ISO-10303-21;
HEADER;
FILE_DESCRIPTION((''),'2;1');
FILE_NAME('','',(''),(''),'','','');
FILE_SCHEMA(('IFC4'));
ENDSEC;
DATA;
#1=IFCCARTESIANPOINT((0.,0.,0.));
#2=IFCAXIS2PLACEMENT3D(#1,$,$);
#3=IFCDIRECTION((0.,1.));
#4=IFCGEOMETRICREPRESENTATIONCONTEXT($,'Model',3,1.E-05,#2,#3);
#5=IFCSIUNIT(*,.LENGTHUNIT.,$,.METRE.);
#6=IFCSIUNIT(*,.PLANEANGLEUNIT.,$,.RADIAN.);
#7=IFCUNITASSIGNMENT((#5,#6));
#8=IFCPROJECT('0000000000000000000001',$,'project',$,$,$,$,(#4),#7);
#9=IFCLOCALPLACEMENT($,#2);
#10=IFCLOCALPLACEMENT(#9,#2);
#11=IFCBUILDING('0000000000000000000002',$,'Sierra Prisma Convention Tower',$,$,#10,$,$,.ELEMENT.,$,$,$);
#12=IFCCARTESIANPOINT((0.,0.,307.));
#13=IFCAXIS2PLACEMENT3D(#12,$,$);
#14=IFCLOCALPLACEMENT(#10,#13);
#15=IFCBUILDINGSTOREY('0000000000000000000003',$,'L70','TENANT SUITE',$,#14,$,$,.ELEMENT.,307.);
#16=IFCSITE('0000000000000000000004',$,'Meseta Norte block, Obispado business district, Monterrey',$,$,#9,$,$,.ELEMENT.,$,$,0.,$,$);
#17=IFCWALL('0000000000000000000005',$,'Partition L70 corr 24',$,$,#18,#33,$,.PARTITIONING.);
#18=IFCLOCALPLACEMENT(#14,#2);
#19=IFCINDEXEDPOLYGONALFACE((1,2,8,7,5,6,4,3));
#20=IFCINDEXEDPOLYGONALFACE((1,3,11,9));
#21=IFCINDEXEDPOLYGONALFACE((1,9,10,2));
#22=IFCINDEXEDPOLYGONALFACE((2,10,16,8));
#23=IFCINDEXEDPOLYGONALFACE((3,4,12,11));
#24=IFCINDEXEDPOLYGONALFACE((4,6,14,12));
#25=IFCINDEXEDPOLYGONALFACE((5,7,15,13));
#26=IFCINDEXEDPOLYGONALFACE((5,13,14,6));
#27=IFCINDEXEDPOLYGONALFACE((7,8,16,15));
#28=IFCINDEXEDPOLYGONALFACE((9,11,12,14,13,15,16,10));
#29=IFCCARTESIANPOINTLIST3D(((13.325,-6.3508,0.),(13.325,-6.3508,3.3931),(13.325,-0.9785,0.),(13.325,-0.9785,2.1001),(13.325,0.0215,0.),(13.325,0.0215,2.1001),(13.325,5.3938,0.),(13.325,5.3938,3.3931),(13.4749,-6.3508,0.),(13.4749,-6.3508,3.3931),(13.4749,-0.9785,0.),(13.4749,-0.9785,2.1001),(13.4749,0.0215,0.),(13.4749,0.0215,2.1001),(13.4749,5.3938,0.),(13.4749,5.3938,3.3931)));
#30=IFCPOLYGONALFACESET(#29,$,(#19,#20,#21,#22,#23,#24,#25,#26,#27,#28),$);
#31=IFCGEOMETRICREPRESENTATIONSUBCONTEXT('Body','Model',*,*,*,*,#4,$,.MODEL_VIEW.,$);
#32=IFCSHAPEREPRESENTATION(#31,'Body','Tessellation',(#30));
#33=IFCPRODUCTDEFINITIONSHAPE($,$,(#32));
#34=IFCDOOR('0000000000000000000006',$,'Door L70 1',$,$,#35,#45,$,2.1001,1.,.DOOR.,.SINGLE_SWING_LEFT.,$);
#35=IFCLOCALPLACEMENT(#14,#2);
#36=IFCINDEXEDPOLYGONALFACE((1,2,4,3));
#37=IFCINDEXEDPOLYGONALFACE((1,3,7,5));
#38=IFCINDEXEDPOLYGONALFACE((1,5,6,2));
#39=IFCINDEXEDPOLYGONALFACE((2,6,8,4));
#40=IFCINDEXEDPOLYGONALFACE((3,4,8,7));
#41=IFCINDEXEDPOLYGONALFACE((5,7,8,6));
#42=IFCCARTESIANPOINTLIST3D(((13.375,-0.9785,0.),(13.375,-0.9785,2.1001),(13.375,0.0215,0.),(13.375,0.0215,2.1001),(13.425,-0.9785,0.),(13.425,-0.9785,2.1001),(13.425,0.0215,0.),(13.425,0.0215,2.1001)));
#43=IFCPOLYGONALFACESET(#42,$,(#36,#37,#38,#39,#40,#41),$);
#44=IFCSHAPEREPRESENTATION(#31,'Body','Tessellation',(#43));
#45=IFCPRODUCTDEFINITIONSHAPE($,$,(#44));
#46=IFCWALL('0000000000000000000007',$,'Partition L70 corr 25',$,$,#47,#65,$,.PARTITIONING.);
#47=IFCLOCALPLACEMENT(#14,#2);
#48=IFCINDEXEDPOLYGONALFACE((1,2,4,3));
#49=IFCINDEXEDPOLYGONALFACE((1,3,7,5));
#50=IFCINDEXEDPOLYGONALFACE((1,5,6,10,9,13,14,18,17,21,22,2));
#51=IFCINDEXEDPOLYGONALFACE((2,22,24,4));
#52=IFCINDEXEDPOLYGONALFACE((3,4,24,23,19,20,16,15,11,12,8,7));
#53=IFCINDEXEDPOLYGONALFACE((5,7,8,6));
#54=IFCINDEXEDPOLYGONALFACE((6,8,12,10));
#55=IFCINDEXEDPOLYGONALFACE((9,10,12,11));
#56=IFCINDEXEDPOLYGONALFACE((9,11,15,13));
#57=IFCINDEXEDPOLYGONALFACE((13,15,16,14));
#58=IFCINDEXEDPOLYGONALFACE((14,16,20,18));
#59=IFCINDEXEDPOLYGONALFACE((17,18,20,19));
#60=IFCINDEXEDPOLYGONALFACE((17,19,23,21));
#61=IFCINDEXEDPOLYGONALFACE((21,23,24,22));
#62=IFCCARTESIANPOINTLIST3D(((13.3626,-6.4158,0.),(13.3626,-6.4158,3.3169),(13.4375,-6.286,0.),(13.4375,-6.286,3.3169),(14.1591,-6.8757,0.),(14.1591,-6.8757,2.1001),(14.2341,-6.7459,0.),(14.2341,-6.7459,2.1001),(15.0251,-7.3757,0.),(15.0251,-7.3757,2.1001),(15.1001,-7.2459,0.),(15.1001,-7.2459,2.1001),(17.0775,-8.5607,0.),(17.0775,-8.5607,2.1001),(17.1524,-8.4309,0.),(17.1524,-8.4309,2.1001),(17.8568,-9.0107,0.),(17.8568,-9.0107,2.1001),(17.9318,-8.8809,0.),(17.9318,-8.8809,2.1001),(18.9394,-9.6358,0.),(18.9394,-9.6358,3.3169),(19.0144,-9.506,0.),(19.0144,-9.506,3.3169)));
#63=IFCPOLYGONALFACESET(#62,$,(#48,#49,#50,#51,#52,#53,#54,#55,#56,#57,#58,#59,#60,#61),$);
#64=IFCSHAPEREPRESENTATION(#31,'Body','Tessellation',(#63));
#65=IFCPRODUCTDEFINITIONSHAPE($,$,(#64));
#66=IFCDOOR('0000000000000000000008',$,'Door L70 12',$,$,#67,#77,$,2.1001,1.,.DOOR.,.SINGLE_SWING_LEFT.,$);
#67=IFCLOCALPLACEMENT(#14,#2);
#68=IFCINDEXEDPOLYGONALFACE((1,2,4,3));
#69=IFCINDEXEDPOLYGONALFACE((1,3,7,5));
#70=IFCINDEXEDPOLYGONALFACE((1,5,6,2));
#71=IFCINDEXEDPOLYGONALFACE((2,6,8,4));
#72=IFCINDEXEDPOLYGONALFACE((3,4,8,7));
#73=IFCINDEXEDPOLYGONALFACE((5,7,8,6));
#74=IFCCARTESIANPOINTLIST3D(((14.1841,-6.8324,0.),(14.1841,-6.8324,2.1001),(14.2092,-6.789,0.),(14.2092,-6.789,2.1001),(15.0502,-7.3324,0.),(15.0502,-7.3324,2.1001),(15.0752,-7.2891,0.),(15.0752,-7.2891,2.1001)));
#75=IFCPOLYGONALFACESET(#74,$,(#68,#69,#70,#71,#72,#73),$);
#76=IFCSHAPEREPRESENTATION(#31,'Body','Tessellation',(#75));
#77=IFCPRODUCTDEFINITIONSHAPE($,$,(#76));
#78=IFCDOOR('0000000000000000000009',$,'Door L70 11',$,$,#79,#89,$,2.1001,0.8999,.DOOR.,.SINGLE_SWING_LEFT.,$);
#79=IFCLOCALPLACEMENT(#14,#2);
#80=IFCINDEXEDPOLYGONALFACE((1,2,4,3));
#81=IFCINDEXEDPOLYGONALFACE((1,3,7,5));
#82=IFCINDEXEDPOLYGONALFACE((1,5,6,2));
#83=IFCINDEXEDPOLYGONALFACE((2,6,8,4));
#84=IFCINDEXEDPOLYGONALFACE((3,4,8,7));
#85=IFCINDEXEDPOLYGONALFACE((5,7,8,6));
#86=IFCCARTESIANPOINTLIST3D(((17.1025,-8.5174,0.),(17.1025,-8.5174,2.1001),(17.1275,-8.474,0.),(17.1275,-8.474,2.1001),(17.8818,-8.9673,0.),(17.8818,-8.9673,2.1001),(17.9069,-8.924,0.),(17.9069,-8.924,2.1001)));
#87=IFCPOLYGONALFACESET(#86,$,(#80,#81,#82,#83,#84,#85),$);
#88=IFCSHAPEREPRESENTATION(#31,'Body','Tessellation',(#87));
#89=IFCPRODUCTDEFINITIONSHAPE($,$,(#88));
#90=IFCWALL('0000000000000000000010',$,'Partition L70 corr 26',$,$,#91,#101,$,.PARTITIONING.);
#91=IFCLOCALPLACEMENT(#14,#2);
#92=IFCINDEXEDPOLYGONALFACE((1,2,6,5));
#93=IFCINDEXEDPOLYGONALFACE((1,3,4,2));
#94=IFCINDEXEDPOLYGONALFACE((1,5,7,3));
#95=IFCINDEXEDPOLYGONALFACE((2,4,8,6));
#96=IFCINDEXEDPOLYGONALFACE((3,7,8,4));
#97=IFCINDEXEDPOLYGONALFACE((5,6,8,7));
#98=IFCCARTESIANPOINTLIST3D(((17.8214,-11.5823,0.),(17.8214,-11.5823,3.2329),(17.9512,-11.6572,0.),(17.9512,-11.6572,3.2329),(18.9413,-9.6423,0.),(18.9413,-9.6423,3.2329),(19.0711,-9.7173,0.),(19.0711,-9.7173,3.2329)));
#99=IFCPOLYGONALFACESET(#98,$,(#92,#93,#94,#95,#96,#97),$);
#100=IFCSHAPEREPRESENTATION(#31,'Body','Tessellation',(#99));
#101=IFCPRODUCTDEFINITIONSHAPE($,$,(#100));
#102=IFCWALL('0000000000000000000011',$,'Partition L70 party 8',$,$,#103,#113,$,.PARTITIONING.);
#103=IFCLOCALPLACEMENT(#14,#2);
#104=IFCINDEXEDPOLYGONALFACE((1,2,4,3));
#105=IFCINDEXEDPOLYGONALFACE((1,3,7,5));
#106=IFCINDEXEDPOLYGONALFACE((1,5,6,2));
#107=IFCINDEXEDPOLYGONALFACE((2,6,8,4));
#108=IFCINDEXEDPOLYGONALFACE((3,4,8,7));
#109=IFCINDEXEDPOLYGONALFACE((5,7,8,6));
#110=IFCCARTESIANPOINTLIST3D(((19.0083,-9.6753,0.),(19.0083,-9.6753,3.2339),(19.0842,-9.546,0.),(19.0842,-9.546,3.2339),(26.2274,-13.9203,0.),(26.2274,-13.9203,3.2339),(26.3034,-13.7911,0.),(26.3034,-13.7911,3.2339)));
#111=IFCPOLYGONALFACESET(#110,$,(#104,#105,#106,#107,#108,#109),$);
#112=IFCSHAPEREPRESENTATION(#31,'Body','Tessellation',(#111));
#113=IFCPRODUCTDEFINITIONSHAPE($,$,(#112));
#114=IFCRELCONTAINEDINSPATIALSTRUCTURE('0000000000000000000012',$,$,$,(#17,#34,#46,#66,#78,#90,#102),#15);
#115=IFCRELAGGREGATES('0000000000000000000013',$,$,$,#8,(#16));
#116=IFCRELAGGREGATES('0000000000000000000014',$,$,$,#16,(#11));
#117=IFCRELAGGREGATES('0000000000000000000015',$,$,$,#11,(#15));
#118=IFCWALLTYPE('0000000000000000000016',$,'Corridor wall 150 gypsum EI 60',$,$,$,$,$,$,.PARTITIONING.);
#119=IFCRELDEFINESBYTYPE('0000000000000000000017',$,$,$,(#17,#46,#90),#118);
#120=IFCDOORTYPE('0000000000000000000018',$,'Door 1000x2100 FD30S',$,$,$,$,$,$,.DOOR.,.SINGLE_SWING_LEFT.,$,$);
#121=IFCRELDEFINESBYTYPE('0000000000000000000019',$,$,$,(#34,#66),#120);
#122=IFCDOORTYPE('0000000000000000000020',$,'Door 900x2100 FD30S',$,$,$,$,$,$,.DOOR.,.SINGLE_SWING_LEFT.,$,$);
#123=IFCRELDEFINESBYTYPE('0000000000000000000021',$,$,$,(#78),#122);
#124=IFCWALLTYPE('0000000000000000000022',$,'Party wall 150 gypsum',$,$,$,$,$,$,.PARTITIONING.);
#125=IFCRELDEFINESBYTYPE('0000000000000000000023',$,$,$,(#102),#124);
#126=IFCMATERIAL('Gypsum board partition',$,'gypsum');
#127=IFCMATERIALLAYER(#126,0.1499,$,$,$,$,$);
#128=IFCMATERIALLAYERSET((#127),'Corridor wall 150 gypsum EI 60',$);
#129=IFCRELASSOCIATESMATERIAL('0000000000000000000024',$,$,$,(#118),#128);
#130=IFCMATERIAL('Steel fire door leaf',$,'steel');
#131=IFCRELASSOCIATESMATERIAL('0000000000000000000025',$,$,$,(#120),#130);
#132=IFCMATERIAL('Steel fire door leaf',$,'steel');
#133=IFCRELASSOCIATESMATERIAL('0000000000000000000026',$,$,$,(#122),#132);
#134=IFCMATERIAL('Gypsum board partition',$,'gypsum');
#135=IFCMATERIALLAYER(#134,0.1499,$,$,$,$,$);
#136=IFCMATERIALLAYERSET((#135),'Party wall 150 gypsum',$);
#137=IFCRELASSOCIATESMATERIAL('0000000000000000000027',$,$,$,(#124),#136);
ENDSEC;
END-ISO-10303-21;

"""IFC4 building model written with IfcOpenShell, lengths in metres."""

from ifc_helpers import new_model, si_unit, direction, frame, frame_2d, origin, place, context, subcontext, project, spatial, rectangle, extrude, material, layer, layer_set, type_object, element, fill, save


model = new_model("IFC4")

# Units and contexts
model_context = context("Model", 3, precision=1e-05, world=origin(), true_north=direction((0.0, 1.0)))
body_context = subcontext(model_context, "Body", "Model", "MODEL_VIEW")
ifc_project = project(units=[si_unit("LENGTHUNIT", "METRE"), si_unit("PLANEANGLEUNIT", "RADIAN")], contexts=[model_context])

# Site, building, storey
site_placement = place(None, origin())
site = spatial("IfcSite", under=ifc_project, at=site_placement, Name="Meseta Norte block, Obispado business district, Monterrey", CompositionType="ELEMENT", RefElevation=0.0)
building_placement = place(site_placement, origin())
building = spatial("IfcBuilding", under=site, at=building_placement, Name="Sierra Prisma Convention Tower", CompositionType="ELEMENT")
storey_placement = place(building_placement, frame((0.0, 0.0, 307.0)))
storey = spatial("IfcBuildingStorey", under=building, at=storey_placement, Name="L70", Description="TENANT SUITE", CompositionType="ELEMENT", Elevation=307.0)

# Shared definitions
ifc_material_1 = material(Name="Gypsum board partition", Category="gypsum")
ifc_layer_1 = layer(ifc_material_1, 0.1499)
ifc_layer_set_1 = layer_set([ifc_layer_1], Name="Corridor wall 150 gypsum EI 60")
wall_type_1 = type_object("IfcWallType", Name="Corridor wall 150 gypsum EI 60", PredefinedType="PARTITIONING", material=ifc_layer_set_1)

# Wall, opening, door
wall_1_placement = place(storey_placement, frame((13.3999, -6.3508, 0.0), z_axis=(0.0, 0.0, 1.0), x_axis=(0.0, 1.0, 0.0)))
wall_1 = element("IfcWall", 1, at=wall_1_placement, inside=storey, type_object=wall_type_1, Name="Partition L70 corr 24", PredefinedType="PARTITIONING", context=body_context, shape_type="SweptSolid", body=[
    extrude(rectangle(XDim=11.7446, YDim=0.1499, at=frame_2d((5.8723, 0.0))), origin(), (0.0, 0.0, 1.0), 3.3931),
])
opening_1_placement = place(wall_1_placement, frame((5.3723, 0.0, 0.0)))
opening_1 = element("IfcOpeningElement", 2, at=opening_1_placement, cuts=wall_1, PredefinedType="OPENING", context=body_context, shape_type="SweptSolid", body=[
    extrude(rectangle(XDim=1.0, YDim=2.1001, at=frame_2d((0.5, 1.05))), frame((0.0, 0.075, 0.0), z_axis=(0.0, -1.0, 0.0), x_axis=(1.0, 0.0, 0.0)), (0.0, 0.0, 1.0), 0.1499),
])
ifc_material_2 = material(Name="Steel fire door leaf", Category="steel")
door_type_1 = type_object("IfcDoorType", Name="Door 1000x2100 FD30S", OperationType="SINGLE_SWING_LEFT", PredefinedType="DOOR", material=ifc_material_2)
door_1_placement = place(opening_1_placement, origin())
door_1 = element("IfcDoor", 3, at=door_1_placement, inside=storey, type_object=door_type_1, Name="Door L70 1", OperationType="SINGLE_SWING_LEFT", OverallHeight=2.1001, OverallWidth=1.0, PredefinedType="DOOR", context=body_context, shape_type="SweptSolid", body=[
    extrude(rectangle(XDim=1.0, YDim=2.1001, at=frame_2d((0.5, 1.05))), frame((0.0, 0.0249, 0.0), z_axis=(0.0, -1.0, 0.0), x_axis=(1.0, 0.0, 0.0)), (0.0, 0.0, 1.0), 0.05),
])
fill(opening_1, door_1)

# Wall, openings, doors
wall_2_placement = place(storey_placement, frame((18.9768, -9.5708, 0.0), z_axis=(0.0, 0.0, 1.0), x_axis=(-0.866016, 0.500017, 0.0)))
wall_2 = element("IfcWall", 4, at=wall_2_placement, inside=storey, type_object=wall_type_1, Name="Partition L70 corr 25", PredefinedType="PARTITIONING", context=body_context, shape_type="SweptSolid", body=[
    extrude(rectangle(XDim=6.4397, YDim=0.1499, at=frame_2d((3.2197, 0.0))), origin(), (0.0, 0.0, 1.0), 3.3169),
])
opening_2_placement = place(wall_2_placement, frame((1.25, 0.0, 0.0)))
opening_2 = element("IfcOpeningElement", 5, at=opening_2_placement, cuts=wall_2, PredefinedType="OPENING", context=body_context, shape_type="SweptSolid", body=[
    extrude(rectangle(XDim=0.8999, YDim=2.1001, at=frame_2d((0.45, 1.05))), frame((0.0, 0.075, 0.0), z_axis=(0.0, -1.0, 0.0), x_axis=(1.0, 0.0, 0.0)), (0.0, 0.0, 1.0), 0.1499),
])
opening_3_placement = place(wall_2_placement, frame((4.5198, 0.0, 0.0)))
opening_3 = element("IfcOpeningElement", 6, at=opening_3_placement, cuts=wall_2, PredefinedType="OPENING", context=body_context, shape_type="SweptSolid", body=[
    extrude(rectangle(XDim=1.0, YDim=2.1001, at=frame_2d((0.5, 1.05))), frame((0.0, 0.075, 0.0), z_axis=(0.0, -1.0, 0.0), x_axis=(1.0, 0.0, 0.0)), (0.0, 0.0, 1.0), 0.1499),
])
door_2_placement = place(opening_3_placement, origin())
door_2 = element("IfcDoor", 7, at=door_2_placement, inside=storey, type_object=door_type_1, Name="Door L70 12", OperationType="SINGLE_SWING_LEFT", OverallHeight=2.1001, OverallWidth=1.0, PredefinedType="DOOR", context=body_context, shape_type="SweptSolid", body=[
    extrude(rectangle(XDim=1.0, YDim=2.1001, at=frame_2d((0.5, 1.05))), frame((0.0, 0.0249, 0.0), z_axis=(0.0, -1.0, 0.0), x_axis=(1.0, 0.0, 0.0)), (0.0, 0.0, 1.0), 0.05),
])
fill(opening_3, door_2)
ifc_material_3 = material(Name="Steel fire door leaf", Category="steel")
door_type_2 = type_object("IfcDoorType", Name="Door 900x2100 FD30S", OperationType="SINGLE_SWING_LEFT", PredefinedType="DOOR", material=ifc_material_3)
door_3_placement = place(opening_2_placement, origin())
door_3 = element("IfcDoor", 8, at=door_3_placement, inside=storey, type_object=door_type_2, Name="Door L70 11", OperationType="SINGLE_SWING_LEFT", OverallHeight=2.1001, OverallWidth=0.8999, PredefinedType="DOOR", context=body_context, shape_type="SweptSolid", body=[
    extrude(rectangle(XDim=0.8999, YDim=2.1001, at=frame_2d((0.45, 1.05))), frame((0.0, 0.0249, 0.0), z_axis=(0.0, -1.0, 0.0), x_axis=(1.0, 0.0, 0.0)), (0.0, 0.0, 1.0), 0.05),
])
fill(opening_2, door_3)

# Walls
wall_3_placement = place(storey_placement, frame((17.8862, -11.6199, 0.0), z_axis=(0.0, 0.0, 1.0), x_axis=(0.499949, 0.866055, 0.0)))
element("IfcWall", 9, at=wall_3_placement, inside=storey, type_object=wall_type_1, Name="Partition L70 corr 26", PredefinedType="PARTITIONING", context=body_context, shape_type="SweptSolid", body=[
    extrude(rectangle(XDim=2.24, YDim=0.1499, at=frame_2d((1.1201, 0.0))), origin(), (0.0, 0.0, 1.0), 3.2329),
])
ifc_material_4 = material(Name="Gypsum board partition", Category="gypsum")
ifc_layer_2 = layer(ifc_material_4, 0.1499)
ifc_layer_set_2 = layer_set([ifc_layer_2], Name="Party wall 150 gypsum")
wall_type_2 = type_object("IfcWallType", Name="Party wall 150 gypsum", PredefinedType="PARTITIONING", material=ifc_layer_set_2)
wall_4_placement = place(storey_placement, frame((19.0461, -9.6106, 0.0), z_axis=(0.0, 0.0, 1.0), x_axis=(0.862012, -0.506888, 0.0)))
element("IfcWall", 10, at=wall_4_placement, inside=storey, type_object=wall_type_2, Name="Partition L70 party 8", PredefinedType="PARTITIONING", context=body_context, shape_type="SweptSolid", body=[
    extrude(rectangle(XDim=8.3748, YDim=0.1499, at=frame_2d((4.1875, 0.0))), origin(), (0.0, 0.0, 1.0), 3.2339),
])

save(model, "model.ifc")
